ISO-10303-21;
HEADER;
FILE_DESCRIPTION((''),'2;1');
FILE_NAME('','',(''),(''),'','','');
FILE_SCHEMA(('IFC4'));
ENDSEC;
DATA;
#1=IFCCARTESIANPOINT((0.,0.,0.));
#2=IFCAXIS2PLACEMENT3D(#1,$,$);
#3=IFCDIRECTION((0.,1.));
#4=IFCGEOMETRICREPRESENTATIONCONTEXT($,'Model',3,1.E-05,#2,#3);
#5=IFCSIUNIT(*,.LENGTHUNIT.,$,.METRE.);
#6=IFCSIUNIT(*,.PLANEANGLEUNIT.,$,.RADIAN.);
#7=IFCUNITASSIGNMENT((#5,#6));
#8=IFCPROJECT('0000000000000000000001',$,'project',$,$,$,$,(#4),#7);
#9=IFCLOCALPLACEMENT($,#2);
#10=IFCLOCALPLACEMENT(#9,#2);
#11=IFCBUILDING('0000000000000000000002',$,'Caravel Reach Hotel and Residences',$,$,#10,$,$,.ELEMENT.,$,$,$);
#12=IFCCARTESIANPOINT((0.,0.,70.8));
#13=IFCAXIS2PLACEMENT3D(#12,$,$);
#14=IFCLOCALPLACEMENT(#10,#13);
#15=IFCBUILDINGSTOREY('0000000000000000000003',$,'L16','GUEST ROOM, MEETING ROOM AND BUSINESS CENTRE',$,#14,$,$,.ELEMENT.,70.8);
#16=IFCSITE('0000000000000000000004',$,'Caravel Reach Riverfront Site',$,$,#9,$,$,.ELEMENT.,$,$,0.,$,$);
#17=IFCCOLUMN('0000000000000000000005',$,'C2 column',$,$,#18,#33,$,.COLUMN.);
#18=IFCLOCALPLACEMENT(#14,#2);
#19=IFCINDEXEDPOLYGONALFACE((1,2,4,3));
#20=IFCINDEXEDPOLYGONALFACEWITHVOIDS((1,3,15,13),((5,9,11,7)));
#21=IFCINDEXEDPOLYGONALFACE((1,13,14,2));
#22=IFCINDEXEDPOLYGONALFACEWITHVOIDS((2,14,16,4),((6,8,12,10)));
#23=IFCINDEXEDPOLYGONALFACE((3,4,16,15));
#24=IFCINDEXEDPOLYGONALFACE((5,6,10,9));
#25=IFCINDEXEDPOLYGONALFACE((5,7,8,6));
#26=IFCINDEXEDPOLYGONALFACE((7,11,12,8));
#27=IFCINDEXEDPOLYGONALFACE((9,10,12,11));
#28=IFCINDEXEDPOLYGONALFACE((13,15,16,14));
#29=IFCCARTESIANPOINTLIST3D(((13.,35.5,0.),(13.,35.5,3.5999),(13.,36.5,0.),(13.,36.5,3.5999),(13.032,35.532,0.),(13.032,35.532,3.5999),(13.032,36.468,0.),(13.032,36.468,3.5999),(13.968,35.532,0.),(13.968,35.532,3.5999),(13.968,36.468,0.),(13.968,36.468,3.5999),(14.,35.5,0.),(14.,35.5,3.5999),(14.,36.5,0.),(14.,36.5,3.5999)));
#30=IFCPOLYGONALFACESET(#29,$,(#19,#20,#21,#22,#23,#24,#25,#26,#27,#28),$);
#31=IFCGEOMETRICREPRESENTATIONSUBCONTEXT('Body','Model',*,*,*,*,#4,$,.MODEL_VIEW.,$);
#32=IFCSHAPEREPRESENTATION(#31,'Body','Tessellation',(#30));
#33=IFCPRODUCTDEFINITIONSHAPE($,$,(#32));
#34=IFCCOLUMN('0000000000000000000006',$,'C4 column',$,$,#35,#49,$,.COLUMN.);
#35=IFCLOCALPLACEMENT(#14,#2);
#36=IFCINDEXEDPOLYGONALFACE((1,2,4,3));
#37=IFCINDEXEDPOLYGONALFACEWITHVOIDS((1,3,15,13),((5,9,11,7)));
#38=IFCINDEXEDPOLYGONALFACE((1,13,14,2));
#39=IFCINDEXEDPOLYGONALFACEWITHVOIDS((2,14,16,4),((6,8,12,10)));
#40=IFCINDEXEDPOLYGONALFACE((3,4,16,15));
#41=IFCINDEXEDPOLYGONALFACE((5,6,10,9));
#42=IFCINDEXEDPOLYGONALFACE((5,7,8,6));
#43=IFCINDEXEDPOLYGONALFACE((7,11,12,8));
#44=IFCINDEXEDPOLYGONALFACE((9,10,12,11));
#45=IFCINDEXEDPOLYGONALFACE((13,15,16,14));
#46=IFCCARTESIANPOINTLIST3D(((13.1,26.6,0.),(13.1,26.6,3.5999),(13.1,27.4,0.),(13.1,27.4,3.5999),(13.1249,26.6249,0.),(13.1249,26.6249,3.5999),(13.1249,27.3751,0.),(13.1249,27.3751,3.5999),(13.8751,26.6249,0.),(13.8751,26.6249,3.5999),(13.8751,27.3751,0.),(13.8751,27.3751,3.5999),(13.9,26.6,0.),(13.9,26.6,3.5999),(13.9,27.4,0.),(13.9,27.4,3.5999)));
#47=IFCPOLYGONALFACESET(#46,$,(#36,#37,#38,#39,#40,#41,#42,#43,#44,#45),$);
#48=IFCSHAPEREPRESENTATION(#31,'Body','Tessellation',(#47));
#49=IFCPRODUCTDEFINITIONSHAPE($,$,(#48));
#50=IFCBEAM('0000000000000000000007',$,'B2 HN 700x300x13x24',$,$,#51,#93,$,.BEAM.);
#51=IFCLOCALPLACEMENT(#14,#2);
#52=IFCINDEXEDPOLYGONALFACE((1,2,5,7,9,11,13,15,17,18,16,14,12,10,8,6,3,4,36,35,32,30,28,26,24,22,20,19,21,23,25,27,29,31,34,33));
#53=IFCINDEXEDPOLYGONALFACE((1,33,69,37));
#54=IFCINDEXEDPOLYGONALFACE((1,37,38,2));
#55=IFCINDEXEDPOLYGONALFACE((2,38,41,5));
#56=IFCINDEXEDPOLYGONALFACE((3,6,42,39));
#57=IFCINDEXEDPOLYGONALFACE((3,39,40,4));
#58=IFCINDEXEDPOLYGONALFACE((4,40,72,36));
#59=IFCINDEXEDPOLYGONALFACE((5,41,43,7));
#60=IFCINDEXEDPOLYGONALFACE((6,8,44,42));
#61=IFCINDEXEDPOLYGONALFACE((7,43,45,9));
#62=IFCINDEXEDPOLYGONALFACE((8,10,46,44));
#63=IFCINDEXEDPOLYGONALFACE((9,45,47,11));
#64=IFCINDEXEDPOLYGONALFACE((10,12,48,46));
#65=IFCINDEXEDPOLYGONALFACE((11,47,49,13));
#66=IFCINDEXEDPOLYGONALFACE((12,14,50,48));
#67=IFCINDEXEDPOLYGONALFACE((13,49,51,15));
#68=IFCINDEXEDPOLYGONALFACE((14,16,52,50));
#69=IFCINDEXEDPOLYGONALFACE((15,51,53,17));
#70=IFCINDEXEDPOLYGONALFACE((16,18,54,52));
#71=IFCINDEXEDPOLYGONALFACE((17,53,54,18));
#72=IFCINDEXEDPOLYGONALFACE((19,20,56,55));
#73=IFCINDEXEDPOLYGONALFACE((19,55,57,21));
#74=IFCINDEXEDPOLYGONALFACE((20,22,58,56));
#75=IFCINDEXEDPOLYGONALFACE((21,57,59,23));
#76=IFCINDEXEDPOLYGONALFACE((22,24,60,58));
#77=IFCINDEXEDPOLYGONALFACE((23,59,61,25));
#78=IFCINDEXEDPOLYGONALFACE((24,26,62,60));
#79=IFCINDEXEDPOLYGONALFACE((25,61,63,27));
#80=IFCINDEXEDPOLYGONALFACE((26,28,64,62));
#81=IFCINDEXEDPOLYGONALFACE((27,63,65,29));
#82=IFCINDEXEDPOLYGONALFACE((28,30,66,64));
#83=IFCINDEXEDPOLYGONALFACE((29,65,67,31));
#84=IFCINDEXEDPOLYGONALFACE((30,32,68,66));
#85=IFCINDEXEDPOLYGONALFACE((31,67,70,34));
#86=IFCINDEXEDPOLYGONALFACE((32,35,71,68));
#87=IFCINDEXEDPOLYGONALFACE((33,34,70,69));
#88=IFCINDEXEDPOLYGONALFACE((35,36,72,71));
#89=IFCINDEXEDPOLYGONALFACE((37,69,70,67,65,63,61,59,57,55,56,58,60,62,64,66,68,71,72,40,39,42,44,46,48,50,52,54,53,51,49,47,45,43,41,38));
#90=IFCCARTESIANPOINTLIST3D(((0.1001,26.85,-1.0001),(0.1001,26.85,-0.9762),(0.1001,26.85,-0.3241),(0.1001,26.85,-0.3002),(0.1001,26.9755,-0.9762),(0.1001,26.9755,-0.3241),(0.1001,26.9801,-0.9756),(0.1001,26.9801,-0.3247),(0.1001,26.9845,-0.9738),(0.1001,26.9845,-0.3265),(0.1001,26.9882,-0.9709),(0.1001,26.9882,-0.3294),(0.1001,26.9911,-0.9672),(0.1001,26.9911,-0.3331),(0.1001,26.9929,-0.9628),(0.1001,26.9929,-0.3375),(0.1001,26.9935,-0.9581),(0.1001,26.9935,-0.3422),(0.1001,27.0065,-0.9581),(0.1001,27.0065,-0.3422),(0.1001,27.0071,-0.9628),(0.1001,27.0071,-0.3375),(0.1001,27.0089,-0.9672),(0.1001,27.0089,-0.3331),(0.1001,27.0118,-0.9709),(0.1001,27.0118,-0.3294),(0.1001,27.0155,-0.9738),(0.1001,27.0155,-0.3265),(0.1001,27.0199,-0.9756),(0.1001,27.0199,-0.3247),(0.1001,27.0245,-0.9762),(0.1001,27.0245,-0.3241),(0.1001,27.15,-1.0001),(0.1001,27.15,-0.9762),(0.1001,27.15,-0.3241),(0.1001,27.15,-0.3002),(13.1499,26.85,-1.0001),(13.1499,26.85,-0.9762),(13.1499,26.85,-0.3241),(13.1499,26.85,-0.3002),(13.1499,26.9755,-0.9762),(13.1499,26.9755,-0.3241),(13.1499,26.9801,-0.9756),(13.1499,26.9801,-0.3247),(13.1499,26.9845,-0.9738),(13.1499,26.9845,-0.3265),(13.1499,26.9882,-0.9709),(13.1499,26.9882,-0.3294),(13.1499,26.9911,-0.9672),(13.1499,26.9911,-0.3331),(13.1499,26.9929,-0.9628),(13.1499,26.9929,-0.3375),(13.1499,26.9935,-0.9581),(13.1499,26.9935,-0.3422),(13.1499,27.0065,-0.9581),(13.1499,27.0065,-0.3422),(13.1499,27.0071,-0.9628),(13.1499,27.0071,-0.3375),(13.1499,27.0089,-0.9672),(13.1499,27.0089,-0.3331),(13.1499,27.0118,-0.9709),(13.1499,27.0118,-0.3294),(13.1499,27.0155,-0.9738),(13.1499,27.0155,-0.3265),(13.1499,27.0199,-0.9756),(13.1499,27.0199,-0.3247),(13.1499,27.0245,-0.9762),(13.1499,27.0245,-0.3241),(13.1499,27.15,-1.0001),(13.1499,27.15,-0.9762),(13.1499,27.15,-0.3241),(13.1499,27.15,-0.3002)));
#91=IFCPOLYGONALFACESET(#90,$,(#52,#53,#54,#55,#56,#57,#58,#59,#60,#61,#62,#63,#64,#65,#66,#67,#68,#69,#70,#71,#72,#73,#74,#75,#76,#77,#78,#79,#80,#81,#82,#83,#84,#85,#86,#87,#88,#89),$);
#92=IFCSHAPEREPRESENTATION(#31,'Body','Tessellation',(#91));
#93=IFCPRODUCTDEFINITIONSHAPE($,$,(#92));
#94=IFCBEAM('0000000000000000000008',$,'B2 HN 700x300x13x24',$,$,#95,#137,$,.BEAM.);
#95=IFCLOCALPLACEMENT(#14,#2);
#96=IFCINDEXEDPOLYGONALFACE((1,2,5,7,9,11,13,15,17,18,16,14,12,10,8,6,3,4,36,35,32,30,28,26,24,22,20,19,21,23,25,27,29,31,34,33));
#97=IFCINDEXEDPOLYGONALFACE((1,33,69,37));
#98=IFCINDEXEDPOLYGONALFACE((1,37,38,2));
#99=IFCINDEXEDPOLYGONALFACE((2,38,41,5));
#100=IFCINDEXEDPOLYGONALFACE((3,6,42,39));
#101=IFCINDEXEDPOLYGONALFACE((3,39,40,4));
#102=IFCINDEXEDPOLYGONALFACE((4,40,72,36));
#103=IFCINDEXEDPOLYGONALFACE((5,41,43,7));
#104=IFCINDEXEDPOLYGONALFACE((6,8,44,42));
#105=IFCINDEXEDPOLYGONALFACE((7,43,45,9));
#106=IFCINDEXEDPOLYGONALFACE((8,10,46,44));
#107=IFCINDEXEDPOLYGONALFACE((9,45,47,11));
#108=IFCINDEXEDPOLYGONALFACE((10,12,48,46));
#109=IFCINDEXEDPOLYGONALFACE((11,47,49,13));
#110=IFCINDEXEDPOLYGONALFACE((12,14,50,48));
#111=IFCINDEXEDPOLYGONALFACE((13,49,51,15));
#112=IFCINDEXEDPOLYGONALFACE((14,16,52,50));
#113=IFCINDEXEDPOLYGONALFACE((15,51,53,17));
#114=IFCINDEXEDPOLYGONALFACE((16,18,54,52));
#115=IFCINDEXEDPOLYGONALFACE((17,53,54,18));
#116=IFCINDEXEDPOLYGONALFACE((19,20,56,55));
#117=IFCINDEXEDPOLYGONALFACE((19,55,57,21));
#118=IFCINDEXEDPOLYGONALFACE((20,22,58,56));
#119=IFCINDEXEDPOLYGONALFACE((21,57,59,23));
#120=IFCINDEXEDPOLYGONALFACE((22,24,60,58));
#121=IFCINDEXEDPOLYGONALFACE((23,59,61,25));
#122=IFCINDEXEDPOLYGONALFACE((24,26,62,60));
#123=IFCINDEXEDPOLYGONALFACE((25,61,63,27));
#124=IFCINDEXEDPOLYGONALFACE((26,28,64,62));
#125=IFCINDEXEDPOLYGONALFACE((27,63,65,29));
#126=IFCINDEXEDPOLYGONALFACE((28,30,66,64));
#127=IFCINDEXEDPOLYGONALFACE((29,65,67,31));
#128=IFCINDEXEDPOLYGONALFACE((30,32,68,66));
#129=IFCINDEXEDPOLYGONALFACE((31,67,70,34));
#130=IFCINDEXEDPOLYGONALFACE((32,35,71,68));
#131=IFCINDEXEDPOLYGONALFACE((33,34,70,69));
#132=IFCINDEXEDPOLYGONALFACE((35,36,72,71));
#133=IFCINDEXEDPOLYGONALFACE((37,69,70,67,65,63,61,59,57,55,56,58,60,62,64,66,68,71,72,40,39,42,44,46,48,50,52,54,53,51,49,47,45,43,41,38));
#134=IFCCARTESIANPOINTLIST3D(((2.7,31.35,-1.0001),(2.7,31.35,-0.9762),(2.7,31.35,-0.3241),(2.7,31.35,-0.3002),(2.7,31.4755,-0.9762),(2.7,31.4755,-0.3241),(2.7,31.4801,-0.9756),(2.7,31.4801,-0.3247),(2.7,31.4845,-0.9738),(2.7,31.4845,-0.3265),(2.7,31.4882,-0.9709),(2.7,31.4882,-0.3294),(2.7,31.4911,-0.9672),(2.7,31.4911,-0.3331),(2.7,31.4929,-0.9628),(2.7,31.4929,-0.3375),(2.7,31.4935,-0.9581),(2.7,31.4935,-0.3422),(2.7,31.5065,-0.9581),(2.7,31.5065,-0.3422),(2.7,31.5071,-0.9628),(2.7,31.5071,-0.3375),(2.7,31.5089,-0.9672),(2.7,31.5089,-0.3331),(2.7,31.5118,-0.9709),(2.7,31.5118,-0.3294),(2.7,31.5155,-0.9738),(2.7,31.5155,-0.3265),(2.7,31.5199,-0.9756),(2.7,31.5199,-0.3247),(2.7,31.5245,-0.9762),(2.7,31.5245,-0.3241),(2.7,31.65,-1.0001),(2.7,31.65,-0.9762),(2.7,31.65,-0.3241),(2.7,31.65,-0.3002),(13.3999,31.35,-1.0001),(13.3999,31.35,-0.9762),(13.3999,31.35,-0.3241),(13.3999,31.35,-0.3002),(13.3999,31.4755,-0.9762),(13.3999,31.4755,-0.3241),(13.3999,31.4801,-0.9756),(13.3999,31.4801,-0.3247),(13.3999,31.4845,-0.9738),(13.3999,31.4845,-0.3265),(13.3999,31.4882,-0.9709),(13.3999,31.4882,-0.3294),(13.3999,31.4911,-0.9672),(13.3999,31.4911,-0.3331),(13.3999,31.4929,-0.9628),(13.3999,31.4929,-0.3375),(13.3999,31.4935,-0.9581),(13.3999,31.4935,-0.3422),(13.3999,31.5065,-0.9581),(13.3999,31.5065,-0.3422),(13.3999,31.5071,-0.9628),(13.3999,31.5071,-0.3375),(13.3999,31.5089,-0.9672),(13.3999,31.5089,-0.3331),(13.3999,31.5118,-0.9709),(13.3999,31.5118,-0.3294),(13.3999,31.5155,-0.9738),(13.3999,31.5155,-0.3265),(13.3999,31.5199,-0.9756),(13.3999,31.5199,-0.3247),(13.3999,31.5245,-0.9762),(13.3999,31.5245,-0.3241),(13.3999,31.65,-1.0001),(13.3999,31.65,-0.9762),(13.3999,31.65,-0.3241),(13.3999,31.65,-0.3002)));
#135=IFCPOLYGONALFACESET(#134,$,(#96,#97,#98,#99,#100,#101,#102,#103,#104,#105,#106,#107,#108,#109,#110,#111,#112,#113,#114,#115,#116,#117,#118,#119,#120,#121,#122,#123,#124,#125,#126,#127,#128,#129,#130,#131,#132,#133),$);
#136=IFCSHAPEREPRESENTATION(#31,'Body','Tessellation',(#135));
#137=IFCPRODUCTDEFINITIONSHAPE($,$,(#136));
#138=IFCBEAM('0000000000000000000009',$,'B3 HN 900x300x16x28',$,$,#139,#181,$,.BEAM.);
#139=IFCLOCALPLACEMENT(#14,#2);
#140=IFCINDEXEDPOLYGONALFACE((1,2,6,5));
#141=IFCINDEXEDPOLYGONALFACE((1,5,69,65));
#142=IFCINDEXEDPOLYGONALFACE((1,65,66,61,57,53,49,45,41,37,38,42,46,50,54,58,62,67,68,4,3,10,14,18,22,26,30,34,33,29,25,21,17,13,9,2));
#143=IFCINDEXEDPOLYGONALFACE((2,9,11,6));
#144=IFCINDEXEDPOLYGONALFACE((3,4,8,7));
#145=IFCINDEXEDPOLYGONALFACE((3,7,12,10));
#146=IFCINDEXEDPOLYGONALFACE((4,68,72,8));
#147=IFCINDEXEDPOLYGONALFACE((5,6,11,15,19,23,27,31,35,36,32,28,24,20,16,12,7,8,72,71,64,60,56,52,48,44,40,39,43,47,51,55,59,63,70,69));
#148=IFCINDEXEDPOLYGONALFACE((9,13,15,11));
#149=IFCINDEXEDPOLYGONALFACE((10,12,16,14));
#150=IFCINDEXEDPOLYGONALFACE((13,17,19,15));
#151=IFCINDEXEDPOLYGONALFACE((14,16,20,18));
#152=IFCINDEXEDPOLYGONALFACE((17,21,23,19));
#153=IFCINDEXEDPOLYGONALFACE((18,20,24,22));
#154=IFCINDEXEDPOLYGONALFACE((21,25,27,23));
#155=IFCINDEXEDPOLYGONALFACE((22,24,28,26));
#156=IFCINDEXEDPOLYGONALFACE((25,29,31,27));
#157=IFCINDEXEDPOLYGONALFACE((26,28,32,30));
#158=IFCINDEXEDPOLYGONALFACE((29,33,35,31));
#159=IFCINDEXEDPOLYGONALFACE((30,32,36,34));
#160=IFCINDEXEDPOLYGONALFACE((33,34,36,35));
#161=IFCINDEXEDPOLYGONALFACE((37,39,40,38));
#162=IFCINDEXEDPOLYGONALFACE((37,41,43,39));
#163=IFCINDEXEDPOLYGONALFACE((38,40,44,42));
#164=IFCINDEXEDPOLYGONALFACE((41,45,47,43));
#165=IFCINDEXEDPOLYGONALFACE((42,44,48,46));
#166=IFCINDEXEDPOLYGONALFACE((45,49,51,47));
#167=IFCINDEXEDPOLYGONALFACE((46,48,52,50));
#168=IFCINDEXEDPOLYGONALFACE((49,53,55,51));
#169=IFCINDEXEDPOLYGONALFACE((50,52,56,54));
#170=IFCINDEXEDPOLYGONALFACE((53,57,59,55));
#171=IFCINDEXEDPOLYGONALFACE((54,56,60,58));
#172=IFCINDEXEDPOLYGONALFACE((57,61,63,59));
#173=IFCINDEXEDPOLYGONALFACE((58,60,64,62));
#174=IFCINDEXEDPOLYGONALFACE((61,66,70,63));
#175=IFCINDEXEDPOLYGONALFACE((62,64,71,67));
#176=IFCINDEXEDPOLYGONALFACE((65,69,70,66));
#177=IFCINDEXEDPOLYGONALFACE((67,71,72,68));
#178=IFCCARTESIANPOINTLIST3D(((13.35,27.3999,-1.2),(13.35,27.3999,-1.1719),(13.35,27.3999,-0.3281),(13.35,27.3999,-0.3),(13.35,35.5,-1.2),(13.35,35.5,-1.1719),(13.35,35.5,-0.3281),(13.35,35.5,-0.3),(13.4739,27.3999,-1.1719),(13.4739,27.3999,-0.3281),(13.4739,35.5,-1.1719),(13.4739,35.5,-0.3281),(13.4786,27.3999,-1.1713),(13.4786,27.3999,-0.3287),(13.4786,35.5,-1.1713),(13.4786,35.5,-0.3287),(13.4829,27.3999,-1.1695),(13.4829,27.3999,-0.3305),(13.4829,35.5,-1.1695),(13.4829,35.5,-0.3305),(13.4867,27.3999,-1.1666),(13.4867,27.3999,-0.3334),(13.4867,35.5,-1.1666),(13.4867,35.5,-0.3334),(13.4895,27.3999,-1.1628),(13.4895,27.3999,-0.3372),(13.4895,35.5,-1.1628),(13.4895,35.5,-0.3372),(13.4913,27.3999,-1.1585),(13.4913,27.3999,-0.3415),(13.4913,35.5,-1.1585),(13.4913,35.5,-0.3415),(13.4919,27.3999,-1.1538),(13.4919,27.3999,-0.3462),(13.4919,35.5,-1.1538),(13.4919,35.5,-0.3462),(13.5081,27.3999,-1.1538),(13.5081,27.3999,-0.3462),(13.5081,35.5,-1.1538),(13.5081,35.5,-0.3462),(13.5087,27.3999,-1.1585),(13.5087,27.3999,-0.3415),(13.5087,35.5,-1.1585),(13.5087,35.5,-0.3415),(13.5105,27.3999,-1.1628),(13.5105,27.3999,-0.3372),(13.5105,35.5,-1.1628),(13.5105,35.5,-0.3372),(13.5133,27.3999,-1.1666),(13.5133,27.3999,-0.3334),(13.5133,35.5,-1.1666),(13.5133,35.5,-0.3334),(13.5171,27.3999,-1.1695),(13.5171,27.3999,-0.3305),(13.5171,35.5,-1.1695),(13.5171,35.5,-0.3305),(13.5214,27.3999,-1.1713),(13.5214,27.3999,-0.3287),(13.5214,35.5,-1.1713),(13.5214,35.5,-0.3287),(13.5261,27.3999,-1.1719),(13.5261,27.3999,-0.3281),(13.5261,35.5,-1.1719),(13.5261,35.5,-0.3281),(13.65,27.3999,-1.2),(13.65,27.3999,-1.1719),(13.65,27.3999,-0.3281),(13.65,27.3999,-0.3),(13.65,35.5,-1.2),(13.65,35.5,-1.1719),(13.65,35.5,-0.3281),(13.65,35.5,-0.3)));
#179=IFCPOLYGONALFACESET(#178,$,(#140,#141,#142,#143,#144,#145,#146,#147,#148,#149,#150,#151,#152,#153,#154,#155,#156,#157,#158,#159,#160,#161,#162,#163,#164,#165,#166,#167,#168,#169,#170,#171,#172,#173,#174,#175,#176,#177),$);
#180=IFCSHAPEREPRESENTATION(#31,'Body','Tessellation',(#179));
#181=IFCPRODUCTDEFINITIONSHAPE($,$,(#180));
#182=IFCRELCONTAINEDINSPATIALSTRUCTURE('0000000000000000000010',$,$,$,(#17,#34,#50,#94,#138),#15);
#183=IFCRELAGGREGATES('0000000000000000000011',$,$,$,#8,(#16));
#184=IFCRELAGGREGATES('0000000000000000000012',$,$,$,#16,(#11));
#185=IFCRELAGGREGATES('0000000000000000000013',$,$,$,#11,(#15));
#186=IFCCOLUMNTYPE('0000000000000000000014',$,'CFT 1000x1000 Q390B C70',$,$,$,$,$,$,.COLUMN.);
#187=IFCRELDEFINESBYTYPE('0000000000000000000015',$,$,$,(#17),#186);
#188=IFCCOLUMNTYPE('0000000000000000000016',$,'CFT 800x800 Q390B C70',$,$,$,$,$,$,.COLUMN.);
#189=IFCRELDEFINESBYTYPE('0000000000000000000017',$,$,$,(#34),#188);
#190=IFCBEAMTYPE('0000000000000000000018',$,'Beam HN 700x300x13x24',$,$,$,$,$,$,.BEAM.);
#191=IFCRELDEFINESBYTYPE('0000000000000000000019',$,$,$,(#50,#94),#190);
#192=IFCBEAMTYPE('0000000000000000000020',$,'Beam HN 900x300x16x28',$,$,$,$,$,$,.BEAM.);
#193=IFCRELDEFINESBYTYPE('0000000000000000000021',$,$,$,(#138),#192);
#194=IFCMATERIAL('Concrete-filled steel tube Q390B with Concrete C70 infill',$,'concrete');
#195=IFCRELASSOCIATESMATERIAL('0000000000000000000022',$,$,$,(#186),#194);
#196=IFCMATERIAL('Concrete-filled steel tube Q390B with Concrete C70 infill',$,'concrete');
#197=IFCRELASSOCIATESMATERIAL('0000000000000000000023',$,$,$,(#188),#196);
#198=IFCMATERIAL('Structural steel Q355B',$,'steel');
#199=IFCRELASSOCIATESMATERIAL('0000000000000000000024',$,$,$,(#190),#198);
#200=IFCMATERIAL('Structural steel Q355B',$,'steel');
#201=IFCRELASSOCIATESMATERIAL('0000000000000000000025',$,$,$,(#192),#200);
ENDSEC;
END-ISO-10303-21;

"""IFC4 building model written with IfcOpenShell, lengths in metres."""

from ifc_helpers import new_model, si_unit, direction, frame, origin, origin_2d, place, context, subcontext, project, spatial, hollow_rectangle, i_section, extrude, material, material_profile, profile_set, type_object, element, save


model = new_model("IFC4")

# Units and contexts
model_context = context("Model", 3, precision=1e-05, world=origin(), true_north=direction((0.0, 1.0)))
body_context = subcontext(model_context, "Body", "Model", "MODEL_VIEW")
ifc_project = project(units=[si_unit("LENGTHUNIT", "METRE"), si_unit("PLANEANGLEUNIT", "RADIAN")], contexts=[model_context])

# Site, building, storey
site_placement = place(None, origin())
site = spatial("IfcSite", under=ifc_project, at=site_placement, Name="Caravel Reach Riverfront Site", CompositionType="ELEMENT", RefElevation=0.0)
building_placement = place(site_placement, origin())
building = spatial("IfcBuilding", under=site, at=building_placement, Name="Caravel Reach Hotel and Residences", CompositionType="ELEMENT")
storey_placement = place(building_placement, frame((0.0, 0.0, 70.8)))
storey = spatial("IfcBuildingStorey", under=building, at=storey_placement, Name="L16", Description="GUEST ROOM, MEETING ROOM AND BUSINESS CENTRE", CompositionType="ELEMENT", Elevation=70.8)

# Columns
ifc_material_1 = material(Name="Concrete-filled steel tube Q390B with Concrete C70 infill", Category="concrete")
ifc_material_profile_1 = material_profile(ifc_material_1, hollow_rectangle(XDim=1.0, YDim=1.0, WallThickness=0.032, at=origin_2d()), Name="RHS 1000x1000x32")
ifc_profile_set_1 = profile_set([ifc_material_profile_1], Name="Concrete-filled steel tube Q390B with Concrete C70 infill")
column_type_1 = type_object("IfcColumnType", Name="CFT 1000x1000 Q390B C70", PredefinedType="COLUMN", material=ifc_profile_set_1)
column_1_placement = place(storey_placement, frame((13.5, 36.0, 0.0), z_axis=(0.0, 0.0, 1.0), x_axis=(1.0, 0.0, 0.0)))
element("IfcColumn", 1, at=column_1_placement, inside=storey, type_object=column_type_1, Name="C2 column", PredefinedType="COLUMN", context=body_context, shape_type="SweptSolid", body=[
    extrude(hollow_rectangle(XDim=1.0, YDim=1.0, WallThickness=0.032, at=origin_2d()), origin(), (0.0, 0.0, 1.0), 3.5999),
])
ifc_material_2 = material(Name="Concrete-filled steel tube Q390B with Concrete C70 infill", Category="concrete")
ifc_material_profile_2 = material_profile(ifc_material_2, hollow_rectangle(XDim=0.8, YDim=0.8, WallThickness=0.0249, at=origin_2d()), Name="RHS 800x800x25")
ifc_profile_set_2 = profile_set([ifc_material_profile_2], Name="Concrete-filled steel tube Q390B with Concrete C70 infill")
column_type_2 = type_object("IfcColumnType", Name="CFT 800x800 Q390B C70", PredefinedType="COLUMN", material=ifc_profile_set_2)
column_2_placement = place(storey_placement, frame((13.5, 27.0, 0.0), z_axis=(0.0, 0.0, 1.0), x_axis=(1.0, 0.0, 0.0)))
element("IfcColumn", 2, at=column_2_placement, inside=storey, type_object=column_type_2, Name="C4 column", PredefinedType="COLUMN", context=body_context, shape_type="SweptSolid", body=[
    extrude(hollow_rectangle(XDim=0.8, YDim=0.8, WallThickness=0.0249, at=origin_2d()), origin(), (0.0, 0.0, 1.0), 3.5999),
])

# Beams
ifc_material_3 = material(Name="Structural steel Q355B", Category="steel")
ifc_material_profile_3 = material_profile(ifc_material_3, i_section(OverallWidth=0.3, OverallDepth=0.7, WebThickness=0.0129, FlangeThickness=0.0239, FilletRadius=0.0181, at=origin_2d()), Name="HN 700x300x13x24")
ifc_profile_set_3 = profile_set([ifc_material_profile_3], Name="Structural steel Q355B")
beam_type_1 = type_object("IfcBeamType", Name="Beam HN 700x300x13x24", PredefinedType="BEAM", material=ifc_profile_set_3)
beam_1_placement = place(storey_placement, frame((13.1499, 27.0, -0.6501), z_axis=(-1.0, 0.0, 0.0), x_axis=(0.0, -1.0, 0.0)))
element("IfcBeam", 3, at=beam_1_placement, inside=storey, type_object=beam_type_1, Name="B2 HN 700x300x13x24", PredefinedType="BEAM", context=body_context, shape_type="SweptSolid", body=[
    extrude(i_section(OverallWidth=0.3, OverallDepth=0.7, WebThickness=0.0129, FlangeThickness=0.0239, FilletRadius=0.0181, at=origin_2d()), origin(), (0.0, 0.0, 1.0), 13.0498),
])
beam_2_placement = place(storey_placement, frame((13.3999, 31.5, -0.6501), z_axis=(-1.0, 0.0, 0.0), x_axis=(0.0, -1.0, 0.0)))
element("IfcBeam", 4, at=beam_2_placement, inside=storey, type_object=beam_type_1, Name="B2 HN 700x300x13x24", PredefinedType="BEAM", context=body_context, shape_type="SweptSolid", body=[
    extrude(i_section(OverallWidth=0.3, OverallDepth=0.7, WebThickness=0.0129, FlangeThickness=0.0239, FilletRadius=0.0181, at=origin_2d()), origin(), (0.0, 0.0, 1.0), 10.7),
])
ifc_material_4 = material(Name="Structural steel Q355B", Category="steel")
ifc_material_profile_4 = material_profile(ifc_material_4, i_section(OverallWidth=0.3, OverallDepth=0.8999, WebThickness=0.0161, FlangeThickness=0.0281, FilletRadius=0.0181, at=origin_2d()), Name="HN 900x300x16x28")
ifc_profile_set_4 = profile_set([ifc_material_profile_4], Name="Structural steel Q355B")
beam_type_2 = type_object("IfcBeamType", Name="Beam HN 900x300x16x28", PredefinedType="BEAM", material=ifc_profile_set_4)
beam_3_placement = place(storey_placement, frame((13.5, 27.3999, -0.75), z_axis=(0.0, 1.0, 0.0), x_axis=(-1.0, 0.0, 0.0)))
element("IfcBeam", 5, at=beam_3_placement, inside=storey, type_object=beam_type_2, Name="B3 HN 900x300x16x28", PredefinedType="BEAM", context=body_context, shape_type="SweptSolid", body=[
    extrude(i_section(OverallWidth=0.3, OverallDepth=0.8999, WebThickness=0.0161, FlangeThickness=0.0281, FilletRadius=0.0181, at=origin_2d()), origin(), (0.0, 0.0, 1.0), 8.1001),
])

save(model, "model.ifc")
